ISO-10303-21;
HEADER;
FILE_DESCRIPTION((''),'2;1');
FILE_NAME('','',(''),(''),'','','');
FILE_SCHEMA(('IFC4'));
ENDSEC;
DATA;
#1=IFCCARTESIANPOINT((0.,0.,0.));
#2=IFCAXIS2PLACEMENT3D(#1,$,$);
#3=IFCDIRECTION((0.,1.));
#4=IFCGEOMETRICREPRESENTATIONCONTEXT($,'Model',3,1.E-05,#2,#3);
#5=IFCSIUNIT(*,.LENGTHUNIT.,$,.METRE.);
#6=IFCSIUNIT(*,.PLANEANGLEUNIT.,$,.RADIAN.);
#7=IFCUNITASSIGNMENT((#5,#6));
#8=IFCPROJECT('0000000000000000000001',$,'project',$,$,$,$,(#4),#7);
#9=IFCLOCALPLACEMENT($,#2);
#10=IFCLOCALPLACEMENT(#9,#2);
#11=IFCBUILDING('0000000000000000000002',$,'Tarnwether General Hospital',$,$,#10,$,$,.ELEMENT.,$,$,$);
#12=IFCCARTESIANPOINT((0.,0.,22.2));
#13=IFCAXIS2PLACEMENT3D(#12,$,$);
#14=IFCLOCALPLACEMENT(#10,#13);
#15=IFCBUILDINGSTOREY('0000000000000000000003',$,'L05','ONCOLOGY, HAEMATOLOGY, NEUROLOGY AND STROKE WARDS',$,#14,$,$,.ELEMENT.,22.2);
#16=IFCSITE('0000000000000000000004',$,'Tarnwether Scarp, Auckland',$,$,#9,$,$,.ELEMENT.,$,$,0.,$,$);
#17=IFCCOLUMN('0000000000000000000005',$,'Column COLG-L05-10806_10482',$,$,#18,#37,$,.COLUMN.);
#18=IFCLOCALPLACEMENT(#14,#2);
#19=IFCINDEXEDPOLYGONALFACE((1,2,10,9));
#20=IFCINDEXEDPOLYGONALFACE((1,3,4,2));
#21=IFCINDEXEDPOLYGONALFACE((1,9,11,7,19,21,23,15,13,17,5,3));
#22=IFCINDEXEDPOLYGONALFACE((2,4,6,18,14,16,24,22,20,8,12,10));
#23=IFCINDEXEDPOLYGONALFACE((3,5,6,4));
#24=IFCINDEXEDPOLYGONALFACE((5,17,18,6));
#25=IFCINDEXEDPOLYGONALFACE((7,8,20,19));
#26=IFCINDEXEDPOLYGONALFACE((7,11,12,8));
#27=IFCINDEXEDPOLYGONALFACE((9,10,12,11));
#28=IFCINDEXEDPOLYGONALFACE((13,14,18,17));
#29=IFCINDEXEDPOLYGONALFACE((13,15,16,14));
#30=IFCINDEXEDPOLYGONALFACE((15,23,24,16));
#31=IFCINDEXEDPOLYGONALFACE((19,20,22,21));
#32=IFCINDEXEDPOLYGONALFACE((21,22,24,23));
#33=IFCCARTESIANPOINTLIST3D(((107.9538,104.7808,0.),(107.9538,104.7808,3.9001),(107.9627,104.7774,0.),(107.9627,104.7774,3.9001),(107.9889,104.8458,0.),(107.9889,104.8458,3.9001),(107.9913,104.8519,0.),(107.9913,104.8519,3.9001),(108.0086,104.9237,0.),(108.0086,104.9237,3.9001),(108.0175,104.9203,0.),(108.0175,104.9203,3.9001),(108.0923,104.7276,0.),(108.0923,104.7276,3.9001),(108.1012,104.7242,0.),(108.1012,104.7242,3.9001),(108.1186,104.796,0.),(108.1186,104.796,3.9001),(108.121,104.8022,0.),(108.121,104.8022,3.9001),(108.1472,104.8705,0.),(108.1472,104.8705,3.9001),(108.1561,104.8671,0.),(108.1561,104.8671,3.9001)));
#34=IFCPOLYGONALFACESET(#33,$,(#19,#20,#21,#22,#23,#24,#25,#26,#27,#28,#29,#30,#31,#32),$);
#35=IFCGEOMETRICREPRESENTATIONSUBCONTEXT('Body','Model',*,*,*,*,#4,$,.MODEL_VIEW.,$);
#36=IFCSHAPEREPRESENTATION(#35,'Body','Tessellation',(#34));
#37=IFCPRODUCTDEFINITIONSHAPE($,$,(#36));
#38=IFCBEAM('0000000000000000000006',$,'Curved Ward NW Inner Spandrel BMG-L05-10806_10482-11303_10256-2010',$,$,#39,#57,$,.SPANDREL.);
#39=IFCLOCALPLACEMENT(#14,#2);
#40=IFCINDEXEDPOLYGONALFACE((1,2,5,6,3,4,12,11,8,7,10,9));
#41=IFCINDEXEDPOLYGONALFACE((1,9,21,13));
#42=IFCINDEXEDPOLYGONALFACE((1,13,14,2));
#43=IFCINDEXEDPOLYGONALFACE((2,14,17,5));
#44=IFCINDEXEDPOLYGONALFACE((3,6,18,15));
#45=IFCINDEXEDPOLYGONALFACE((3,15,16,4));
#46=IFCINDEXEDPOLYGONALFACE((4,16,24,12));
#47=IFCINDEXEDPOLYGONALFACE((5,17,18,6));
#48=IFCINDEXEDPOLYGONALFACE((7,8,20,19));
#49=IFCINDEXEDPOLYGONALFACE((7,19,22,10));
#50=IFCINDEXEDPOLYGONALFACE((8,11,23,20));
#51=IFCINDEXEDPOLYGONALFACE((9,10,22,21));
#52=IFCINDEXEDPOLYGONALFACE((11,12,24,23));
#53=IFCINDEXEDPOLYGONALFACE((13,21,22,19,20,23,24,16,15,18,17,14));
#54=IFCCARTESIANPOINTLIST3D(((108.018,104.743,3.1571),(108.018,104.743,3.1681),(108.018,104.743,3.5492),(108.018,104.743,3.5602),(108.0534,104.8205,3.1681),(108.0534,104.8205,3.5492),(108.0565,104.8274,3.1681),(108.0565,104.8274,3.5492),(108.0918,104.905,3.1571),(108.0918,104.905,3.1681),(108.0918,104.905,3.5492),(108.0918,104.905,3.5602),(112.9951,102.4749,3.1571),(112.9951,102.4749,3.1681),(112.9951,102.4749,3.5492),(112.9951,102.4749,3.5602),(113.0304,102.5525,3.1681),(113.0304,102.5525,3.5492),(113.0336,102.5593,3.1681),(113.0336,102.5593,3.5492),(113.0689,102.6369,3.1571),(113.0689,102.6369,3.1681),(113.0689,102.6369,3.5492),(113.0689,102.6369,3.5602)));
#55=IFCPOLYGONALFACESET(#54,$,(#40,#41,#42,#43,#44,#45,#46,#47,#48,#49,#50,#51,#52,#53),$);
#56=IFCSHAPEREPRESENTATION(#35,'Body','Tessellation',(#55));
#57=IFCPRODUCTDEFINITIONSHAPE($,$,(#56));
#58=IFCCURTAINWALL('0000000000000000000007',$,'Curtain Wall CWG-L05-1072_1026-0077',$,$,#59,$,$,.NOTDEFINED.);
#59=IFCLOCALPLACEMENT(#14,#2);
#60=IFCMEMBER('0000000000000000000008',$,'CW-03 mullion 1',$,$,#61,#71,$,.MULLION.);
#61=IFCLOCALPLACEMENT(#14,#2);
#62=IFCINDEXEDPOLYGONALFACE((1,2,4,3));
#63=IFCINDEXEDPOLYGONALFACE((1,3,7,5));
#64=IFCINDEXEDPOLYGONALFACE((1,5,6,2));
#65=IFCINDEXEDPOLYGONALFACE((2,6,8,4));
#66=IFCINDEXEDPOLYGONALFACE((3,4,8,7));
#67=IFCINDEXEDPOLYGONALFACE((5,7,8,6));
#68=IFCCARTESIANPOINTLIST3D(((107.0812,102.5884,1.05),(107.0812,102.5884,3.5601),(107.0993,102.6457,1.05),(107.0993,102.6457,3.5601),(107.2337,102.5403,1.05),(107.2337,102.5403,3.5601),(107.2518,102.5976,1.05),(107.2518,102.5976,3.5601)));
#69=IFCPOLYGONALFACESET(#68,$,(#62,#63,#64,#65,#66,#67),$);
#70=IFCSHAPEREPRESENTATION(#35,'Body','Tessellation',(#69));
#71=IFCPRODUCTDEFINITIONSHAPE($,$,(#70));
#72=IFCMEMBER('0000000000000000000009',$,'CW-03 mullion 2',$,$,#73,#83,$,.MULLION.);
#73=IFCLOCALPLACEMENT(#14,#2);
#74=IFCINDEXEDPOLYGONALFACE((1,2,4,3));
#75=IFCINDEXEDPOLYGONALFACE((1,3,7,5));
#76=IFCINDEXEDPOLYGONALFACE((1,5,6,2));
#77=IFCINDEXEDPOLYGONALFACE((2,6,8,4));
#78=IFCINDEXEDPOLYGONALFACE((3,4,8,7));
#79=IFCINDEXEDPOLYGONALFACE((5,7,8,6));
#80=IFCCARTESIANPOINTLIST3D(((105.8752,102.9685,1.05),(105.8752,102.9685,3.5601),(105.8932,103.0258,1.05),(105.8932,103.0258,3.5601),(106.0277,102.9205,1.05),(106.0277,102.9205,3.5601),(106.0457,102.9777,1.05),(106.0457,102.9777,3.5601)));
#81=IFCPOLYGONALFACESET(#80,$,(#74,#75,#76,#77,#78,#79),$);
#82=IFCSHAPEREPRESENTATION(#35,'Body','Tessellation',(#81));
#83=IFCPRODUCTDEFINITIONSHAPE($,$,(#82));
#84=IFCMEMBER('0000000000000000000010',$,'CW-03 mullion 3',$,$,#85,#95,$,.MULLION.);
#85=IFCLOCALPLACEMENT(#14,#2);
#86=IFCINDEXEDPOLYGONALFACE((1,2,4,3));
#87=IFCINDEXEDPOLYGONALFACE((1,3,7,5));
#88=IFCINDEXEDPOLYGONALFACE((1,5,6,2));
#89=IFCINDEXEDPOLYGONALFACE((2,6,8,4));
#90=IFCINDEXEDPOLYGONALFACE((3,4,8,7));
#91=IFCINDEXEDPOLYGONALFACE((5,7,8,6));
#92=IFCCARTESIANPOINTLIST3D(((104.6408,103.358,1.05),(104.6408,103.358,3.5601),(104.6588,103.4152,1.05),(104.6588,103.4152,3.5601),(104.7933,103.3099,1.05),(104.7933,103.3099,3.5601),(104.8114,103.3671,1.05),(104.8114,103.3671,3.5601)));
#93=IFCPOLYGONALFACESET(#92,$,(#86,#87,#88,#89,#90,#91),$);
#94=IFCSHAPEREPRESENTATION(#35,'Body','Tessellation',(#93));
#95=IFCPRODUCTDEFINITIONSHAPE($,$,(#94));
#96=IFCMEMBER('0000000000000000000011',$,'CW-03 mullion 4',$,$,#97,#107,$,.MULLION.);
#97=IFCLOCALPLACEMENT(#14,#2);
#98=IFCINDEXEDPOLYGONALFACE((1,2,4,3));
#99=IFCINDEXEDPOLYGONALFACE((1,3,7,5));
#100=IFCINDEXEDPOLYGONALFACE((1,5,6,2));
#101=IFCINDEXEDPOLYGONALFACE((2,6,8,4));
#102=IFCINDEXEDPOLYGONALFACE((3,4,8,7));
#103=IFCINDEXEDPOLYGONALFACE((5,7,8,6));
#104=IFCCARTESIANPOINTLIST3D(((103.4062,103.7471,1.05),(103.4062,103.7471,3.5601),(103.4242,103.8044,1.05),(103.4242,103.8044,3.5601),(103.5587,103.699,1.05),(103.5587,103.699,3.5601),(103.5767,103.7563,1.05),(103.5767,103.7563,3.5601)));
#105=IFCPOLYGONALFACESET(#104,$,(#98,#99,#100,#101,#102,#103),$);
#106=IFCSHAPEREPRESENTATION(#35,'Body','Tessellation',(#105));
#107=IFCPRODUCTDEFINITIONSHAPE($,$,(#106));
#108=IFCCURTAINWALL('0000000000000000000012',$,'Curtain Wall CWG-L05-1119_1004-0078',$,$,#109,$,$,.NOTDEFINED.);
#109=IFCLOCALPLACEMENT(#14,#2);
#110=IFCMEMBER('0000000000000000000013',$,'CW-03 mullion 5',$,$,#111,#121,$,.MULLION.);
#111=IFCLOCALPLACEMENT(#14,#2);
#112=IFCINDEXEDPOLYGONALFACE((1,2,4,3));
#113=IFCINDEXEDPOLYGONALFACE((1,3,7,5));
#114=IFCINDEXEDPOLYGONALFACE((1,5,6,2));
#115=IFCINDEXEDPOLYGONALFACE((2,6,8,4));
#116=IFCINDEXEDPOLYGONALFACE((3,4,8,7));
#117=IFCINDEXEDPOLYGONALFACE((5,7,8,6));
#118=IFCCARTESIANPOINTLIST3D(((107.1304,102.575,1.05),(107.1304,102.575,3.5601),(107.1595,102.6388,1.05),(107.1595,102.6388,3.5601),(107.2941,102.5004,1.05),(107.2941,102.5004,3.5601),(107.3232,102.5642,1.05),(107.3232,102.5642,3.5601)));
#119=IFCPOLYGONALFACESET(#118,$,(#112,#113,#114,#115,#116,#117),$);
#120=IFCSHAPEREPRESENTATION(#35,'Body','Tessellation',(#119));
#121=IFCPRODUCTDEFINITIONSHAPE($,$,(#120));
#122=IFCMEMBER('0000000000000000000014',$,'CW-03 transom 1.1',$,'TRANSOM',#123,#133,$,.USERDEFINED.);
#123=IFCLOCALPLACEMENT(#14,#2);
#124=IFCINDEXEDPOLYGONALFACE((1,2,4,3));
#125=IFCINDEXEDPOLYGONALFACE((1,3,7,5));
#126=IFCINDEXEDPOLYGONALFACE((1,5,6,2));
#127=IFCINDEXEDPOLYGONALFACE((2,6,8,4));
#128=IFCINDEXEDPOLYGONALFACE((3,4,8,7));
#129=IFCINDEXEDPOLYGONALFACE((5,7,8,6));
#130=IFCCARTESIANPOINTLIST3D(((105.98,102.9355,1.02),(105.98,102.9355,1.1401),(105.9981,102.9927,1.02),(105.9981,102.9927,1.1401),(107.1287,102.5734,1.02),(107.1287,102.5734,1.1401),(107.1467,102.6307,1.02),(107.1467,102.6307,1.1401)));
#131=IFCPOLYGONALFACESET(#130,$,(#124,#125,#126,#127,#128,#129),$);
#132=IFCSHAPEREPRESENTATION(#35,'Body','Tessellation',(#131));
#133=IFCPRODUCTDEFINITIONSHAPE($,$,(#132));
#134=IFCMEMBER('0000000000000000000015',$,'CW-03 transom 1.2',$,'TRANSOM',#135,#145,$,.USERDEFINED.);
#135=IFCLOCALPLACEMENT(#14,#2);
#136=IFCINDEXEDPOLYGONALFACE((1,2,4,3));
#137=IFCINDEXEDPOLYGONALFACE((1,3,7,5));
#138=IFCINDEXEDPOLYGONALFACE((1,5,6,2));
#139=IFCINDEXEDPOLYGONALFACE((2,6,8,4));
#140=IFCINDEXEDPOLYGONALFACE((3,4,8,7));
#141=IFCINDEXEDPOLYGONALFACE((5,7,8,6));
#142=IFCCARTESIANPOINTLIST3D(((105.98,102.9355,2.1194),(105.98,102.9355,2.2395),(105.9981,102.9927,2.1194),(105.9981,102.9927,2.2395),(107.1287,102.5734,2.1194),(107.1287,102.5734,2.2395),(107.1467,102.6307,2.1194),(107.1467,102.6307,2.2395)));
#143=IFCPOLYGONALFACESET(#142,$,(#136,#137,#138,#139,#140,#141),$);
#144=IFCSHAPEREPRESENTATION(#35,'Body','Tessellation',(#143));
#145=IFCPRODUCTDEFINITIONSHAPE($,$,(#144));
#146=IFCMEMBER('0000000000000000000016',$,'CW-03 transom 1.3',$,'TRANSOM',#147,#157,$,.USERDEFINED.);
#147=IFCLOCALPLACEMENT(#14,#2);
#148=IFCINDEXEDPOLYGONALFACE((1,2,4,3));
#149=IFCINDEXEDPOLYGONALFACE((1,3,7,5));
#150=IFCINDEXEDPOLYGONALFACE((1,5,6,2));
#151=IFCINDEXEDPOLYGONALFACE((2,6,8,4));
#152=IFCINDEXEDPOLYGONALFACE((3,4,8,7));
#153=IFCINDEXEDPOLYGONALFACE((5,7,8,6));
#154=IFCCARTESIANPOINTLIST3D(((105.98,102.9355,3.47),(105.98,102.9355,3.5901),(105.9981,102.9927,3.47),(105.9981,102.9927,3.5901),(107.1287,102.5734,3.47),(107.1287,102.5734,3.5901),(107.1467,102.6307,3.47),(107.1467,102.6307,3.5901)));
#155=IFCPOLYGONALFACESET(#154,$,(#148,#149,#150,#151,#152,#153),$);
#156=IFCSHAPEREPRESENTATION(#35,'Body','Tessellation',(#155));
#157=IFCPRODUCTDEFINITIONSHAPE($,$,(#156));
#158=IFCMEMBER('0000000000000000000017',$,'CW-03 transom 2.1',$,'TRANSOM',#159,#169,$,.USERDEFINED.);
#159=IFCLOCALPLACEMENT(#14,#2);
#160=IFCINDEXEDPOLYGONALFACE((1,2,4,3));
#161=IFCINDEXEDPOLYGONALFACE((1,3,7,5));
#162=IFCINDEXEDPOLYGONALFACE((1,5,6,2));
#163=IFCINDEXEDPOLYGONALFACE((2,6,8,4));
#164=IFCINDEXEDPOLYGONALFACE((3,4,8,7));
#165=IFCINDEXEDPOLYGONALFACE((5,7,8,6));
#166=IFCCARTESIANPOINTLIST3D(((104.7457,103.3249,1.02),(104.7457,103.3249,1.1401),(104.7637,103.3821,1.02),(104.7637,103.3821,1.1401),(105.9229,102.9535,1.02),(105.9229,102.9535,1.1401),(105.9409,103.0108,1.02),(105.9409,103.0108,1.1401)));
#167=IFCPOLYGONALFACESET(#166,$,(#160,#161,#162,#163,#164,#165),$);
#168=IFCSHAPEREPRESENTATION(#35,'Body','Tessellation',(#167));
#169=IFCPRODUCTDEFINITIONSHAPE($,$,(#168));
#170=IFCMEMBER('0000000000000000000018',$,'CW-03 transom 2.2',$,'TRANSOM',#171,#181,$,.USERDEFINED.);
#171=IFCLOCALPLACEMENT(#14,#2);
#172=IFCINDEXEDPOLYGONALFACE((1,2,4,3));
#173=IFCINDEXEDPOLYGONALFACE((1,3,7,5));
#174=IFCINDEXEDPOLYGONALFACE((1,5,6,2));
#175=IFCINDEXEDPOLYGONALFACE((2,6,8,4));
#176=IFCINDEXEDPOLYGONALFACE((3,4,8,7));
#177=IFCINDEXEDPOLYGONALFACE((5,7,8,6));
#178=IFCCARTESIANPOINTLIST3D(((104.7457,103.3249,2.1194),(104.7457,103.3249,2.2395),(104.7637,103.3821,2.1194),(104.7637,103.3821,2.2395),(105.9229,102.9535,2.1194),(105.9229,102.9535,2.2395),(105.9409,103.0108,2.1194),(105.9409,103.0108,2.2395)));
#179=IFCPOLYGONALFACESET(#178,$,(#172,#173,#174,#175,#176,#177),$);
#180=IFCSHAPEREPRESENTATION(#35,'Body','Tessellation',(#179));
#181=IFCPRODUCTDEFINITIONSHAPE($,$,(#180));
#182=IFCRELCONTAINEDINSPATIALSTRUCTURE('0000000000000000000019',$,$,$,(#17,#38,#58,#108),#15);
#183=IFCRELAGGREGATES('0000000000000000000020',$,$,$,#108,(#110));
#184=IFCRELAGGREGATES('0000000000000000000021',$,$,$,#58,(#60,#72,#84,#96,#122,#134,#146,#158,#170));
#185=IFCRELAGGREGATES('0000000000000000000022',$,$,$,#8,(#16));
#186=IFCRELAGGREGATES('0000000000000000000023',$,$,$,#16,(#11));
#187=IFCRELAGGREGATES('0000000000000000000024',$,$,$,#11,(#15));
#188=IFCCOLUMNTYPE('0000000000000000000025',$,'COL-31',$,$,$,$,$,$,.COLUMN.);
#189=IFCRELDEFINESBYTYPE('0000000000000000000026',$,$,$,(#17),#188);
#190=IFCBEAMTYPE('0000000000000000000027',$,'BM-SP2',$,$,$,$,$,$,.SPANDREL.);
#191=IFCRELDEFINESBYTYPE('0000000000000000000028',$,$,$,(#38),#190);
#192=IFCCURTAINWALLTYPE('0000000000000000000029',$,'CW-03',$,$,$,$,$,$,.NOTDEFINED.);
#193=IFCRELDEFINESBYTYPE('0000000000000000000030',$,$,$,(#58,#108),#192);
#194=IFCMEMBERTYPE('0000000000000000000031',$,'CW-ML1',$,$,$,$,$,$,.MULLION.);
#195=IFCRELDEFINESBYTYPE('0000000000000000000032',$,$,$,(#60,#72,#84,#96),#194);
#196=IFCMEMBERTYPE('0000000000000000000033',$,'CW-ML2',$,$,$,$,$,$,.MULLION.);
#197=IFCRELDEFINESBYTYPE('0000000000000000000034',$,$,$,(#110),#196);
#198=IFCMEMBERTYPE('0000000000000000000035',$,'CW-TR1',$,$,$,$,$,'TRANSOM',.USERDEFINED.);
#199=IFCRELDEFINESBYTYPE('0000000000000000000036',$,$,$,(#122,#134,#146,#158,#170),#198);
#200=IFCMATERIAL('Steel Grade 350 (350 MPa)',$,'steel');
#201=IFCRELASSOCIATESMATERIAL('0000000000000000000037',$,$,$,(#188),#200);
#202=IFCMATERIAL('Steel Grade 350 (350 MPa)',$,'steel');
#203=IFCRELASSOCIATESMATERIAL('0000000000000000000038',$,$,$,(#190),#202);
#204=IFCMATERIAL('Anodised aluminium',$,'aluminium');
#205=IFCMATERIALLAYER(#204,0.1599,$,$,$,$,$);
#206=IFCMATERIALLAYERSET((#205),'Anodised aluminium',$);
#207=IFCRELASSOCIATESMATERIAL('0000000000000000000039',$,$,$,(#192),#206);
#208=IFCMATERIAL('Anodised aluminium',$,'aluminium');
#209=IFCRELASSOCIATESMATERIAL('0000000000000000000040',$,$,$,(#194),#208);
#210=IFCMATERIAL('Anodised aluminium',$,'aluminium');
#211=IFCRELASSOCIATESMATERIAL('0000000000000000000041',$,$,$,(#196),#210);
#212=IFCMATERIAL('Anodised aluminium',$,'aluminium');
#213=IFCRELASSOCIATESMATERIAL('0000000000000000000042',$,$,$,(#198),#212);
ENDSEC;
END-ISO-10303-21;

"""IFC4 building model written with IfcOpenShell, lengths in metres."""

from ifc_helpers import new_model, si_unit, direction, frame, origin, origin_2d, place, context, subcontext, project, spatial, rectangle, i_section, extrude, material, layer, layer_set, material_profile, profile_set, type_object, element, aggregate, save


model = new_model("IFC4")

# Units and contexts
model_context = context("Model", 3, precision=1e-05, world=origin(), true_north=direction((0.0, 1.0)))
body_context = subcontext(model_context, "Body", "Model", "MODEL_VIEW")
ifc_project = project(units=[si_unit("LENGTHUNIT", "METRE"), si_unit("PLANEANGLEUNIT", "RADIAN")], contexts=[model_context])

# Site, building, storey
site_placement = place(None, origin())
site = spatial("IfcSite", under=ifc_project, at=site_placement, Name="Tarnwether Scarp, Auckland", CompositionType="ELEMENT", RefElevation=0.0)
building_placement = place(site_placement, origin())
building = spatial("IfcBuilding", under=site, at=building_placement, Name="Tarnwether General Hospital", CompositionType="ELEMENT")
storey_placement = place(building_placement, frame((0.0, 0.0, 22.2)))
storey = spatial("IfcBuildingStorey", under=building, at=storey_placement, Name="L05", Description="ONCOLOGY, HAEMATOLOGY, NEUROLOGY AND STROKE WARDS", CompositionType="ELEMENT", Elevation=22.2)

# Column
ifc_material_1 = material(Name="Steel Grade 350 (350 MPa)", Category="steel")
ifc_material_profile_1 = material_profile(ifc_material_1, i_section(OverallWidth=0.1531, OverallDepth=0.158, WebThickness=0.0066, FlangeThickness=0.0095, at=origin_2d()), Name="150UC30.0")
ifc_profile_set_1 = profile_set([ifc_material_profile_1], Name="Steel Grade 350 (350 MPa)")
column_type = type_object("IfcColumnType", Name="COL-31", PredefinedType="COLUMN", material=ifc_profile_set_1)
column_placement = place(storey_placement, frame((108.0549, 104.824, 0.0), z_axis=(0.0, 0.0, 1.0), x_axis=(0.358368, 0.93358, 0.0)))
element("IfcColumn", 1, at=column_placement, inside=storey, type_object=column_type, Name="Column COLG-L05-10806_10482", PredefinedType="COLUMN", context=body_context, shape_type="SweptSolid", body=[
    extrude(i_section(OverallWidth=0.1531, OverallDepth=0.158, WebThickness=0.0066, FlangeThickness=0.0095, at=origin_2d()), origin(), (0.0, 0.0, 1.0), 3.9001),
])

# Beam
ifc_material_2 = material(Name="Steel Grade 350 (350 MPa)", Category="steel")
ifc_material_profile_2 = material_profile(ifc_material_2, i_section(OverallWidth=0.178, OverallDepth=0.4031, WebThickness=0.0076, FlangeThickness=0.011, at=origin_2d()), Name="410UB53.7")
ifc_profile_set_2 = profile_set([ifc_material_profile_2], Name="Steel Grade 350 (350 MPa)")
beam_type = type_object("IfcBeamType", Name="BM-SP2", PredefinedType="SPANDREL", material=ifc_profile_set_2)
beam_placement = place(storey_placement, frame((108.0549, 104.824, 3.3586), z_axis=(0.909969, -0.414677, 0.0), x_axis=(0.414677, 0.909969, 0.0)))
element("IfcBeam", 2, at=beam_placement, inside=storey, type_object=beam_type, Name="Curved Ward NW Inner Spandrel BMG-L05-10806_10482-11303_10256-2010", PredefinedType="SPANDREL", context=body_context, shape_type="SweptSolid", body=[
    extrude(i_section(OverallWidth=0.178, OverallDepth=0.4031, WebThickness=0.0076, FlangeThickness=0.011, at=origin_2d()), origin(), (0.0, 0.0, 1.0), 5.4695),
])

# Curtain wall, members
ifc_material_3 = material(Name="Anodised aluminium", Category="aluminium")
ifc_layer_1 = layer(ifc_material_3, 0.1599)
ifc_layer_set_1 = layer_set([ifc_layer_1], Name="Anodised aluminium")
curtain_wall_type = type_object("IfcCurtainWallType", Name="CW-03", PredefinedType="NOTDEFINED", material=ifc_layer_set_1)
curtain_wall_1_placement = place(storey_placement, origin())
curtain_wall_1 = element("IfcCurtainWall", 3, at=curtain_wall_1_placement, inside=storey, type_object=curtain_wall_type, Name="Curtain Wall CWG-L05-1072_1026-0077", PredefinedType="NOTDEFINED")
ifc_material_4 = material(Name="Anodised aluminium", Category="aluminium")
ifc_material_profile_3 = material_profile(ifc_material_4, rectangle(XDim=0.0601, YDim=0.1599, at=origin_2d()), Name="ALU-MUL-60x160")
ifc_profile_set_3 = profile_set([ifc_material_profile_3], Name="Anodised aluminium")
member_type_1 = type_object("IfcMemberType", Name="CW-ML1", PredefinedType="MULLION", material=ifc_profile_set_3)
member_1_placement = place(storey_placement, frame((107.1665, 102.593, 1.05), z_axis=(0.0, 0.0, 1.0), x_axis=(-0.300715, -0.953714, 0.0)))
member_1 = element("IfcMember", 4, at=member_1_placement, type_object=member_type_1, Name="CW-03 mullion 1", PredefinedType="MULLION", context=body_context, shape_type="SweptSolid", body=[
    extrude(rectangle(XDim=0.0601, YDim=0.1599, at=origin_2d()), origin(), (0.0, 0.0, 1.0), 2.51),
])
member_2_placement = place(storey_placement, frame((105.9604, 102.9731, 1.05), z_axis=(0.0, 0.0, 1.0), x_axis=(-0.300715, -0.953714, 0.0)))
member_2 = element("IfcMember", 5, at=member_2_placement, type_object=member_type_1, Name="CW-03 mullion 2", PredefinedType="MULLION", context=body_context, shape_type="SweptSolid", body=[
    extrude(rectangle(XDim=0.0601, YDim=0.1599, at=origin_2d()), origin(), (0.0, 0.0, 1.0), 2.51),
])
member_3_placement = place(storey_placement, frame((104.7261, 103.3625, 1.05), z_axis=(0.0, 0.0, 1.0), x_axis=(-0.300715, -0.953714, 0.0)))
member_3 = element("IfcMember", 6, at=member_3_placement, type_object=member_type_1, Name="CW-03 mullion 3", PredefinedType="MULLION", context=body_context, shape_type="SweptSolid", body=[
    extrude(rectangle(XDim=0.0601, YDim=0.1599, at=origin_2d()), origin(), (0.0, 0.0, 1.0), 2.51),
])
member_4_placement = place(storey_placement, frame((103.4915, 103.7517, 1.05), z_axis=(0.0, 0.0, 1.0), x_axis=(-0.300715, -0.953714, 0.0)))
member_4 = element("IfcMember", 7, at=member_4_placement, type_object=member_type_1, Name="CW-03 mullion 4", PredefinedType="MULLION", context=body_context, shape_type="SweptSolid", body=[
    extrude(rectangle(XDim=0.0601, YDim=0.1599, at=origin_2d()), origin(), (0.0, 0.0, 1.0), 2.51),
])

# Curtain wall, member
curtain_wall_2_placement = place(storey_placement, origin())
curtain_wall_2 = element("IfcCurtainWall", 8, at=curtain_wall_2_placement, inside=storey, type_object=curtain_wall_type, Name="Curtain Wall CWG-L05-1119_1004-0078", PredefinedType="NOTDEFINED")
ifc_material_5 = material(Name="Anodised aluminium", Category="aluminium")
ifc_material_profile_4 = material_profile(ifc_material_5, rectangle(XDim=0.0701, YDim=0.1799, at=origin_2d()), Name="ALU-MUL-70x180")
ifc_profile_set_4 = profile_set([ifc_material_profile_4], Name="Anodised aluminium")
member_type_2 = type_object("IfcMemberType", Name="CW-ML2", PredefinedType="MULLION", material=ifc_profile_set_4)
member_5_placement = place(storey_placement, frame((107.2268, 102.5696, 1.05), z_axis=(0.0, 0.0, 1.0), x_axis=(-0.414705, -0.909956, 0.0)))
member_5 = element("IfcMember", 9, at=member_5_placement, type_object=member_type_2, Name="CW-03 mullion 5", PredefinedType="MULLION", context=body_context, shape_type="SweptSolid", body=[
    extrude(rectangle(XDim=0.0701, YDim=0.1799, at=origin_2d()), origin(), (0.0, 0.0, 1.0), 2.51),
])

# Members
ifc_material_6 = material(Name="Anodised aluminium", Category="aluminium")
ifc_material_profile_5 = material_profile(ifc_material_6, rectangle(XDim=0.0601, YDim=0.1201, at=origin_2d()), Name="ALU-TRN-60x120")
ifc_profile_set_5 = profile_set([ifc_material_profile_5], Name="Anodised aluminium")
member_type_3 = type_object("IfcMemberType", Name="CW-TR1", ElementType="TRANSOM", PredefinedType="USERDEFINED", material=ifc_profile_set_5)
member_6_placement = place(storey_placement, frame((107.1377, 102.6021, 1.0801), z_axis=(-0.953745, 0.300617, 0.0), x_axis=(-0.300617, -0.953745, 0.0)))
member_6 = element("IfcMember", 10, at=member_6_placement, type_object=member_type_3, Name="CW-03 transom 1.1", ObjectType="TRANSOM", PredefinedType="USERDEFINED", context=body_context, shape_type="SweptSolid", body=[
    extrude(rectangle(XDim=0.0601, YDim=0.1201, at=origin_2d()), origin(), (0.0, 0.0, 1.0), 1.2043),
])
member_7_placement = place(storey_placement, frame((107.1377, 102.6021, 2.1794), z_axis=(-0.953745, 0.300617, 0.0), x_axis=(-0.300617, -0.953745, 0.0)))
member_7 = element("IfcMember", 11, at=member_7_placement, type_object=member_type_3, Name="CW-03 transom 1.2", ObjectType="TRANSOM", PredefinedType="USERDEFINED", context=body_context, shape_type="SweptSolid", body=[
    extrude(rectangle(XDim=0.0601, YDim=0.1201, at=origin_2d()), origin(), (0.0, 0.0, 1.0), 1.2043),
])
member_8_placement = place(storey_placement, frame((107.1377, 102.6021, 3.53), z_axis=(-0.953745, 0.300617, 0.0), x_axis=(-0.300617, -0.953745, 0.0)))
member_8 = element("IfcMember", 12, at=member_8_placement, type_object=member_type_3, Name="CW-03 transom 1.3", ObjectType="TRANSOM", PredefinedType="USERDEFINED", context=body_context, shape_type="SweptSolid", body=[
    extrude(rectangle(XDim=0.0601, YDim=0.1201, at=origin_2d()), origin(), (0.0, 0.0, 1.0), 1.2043),
])
member_9_placement = place(storey_placement, frame((105.9319, 102.9822, 1.0801), z_axis=(-0.953681, 0.300819, 0.0), x_axis=(-0.300819, -0.953681, 0.0)))
member_9 = element("IfcMember", 13, at=member_9_placement, type_object=member_type_3, Name="CW-03 transom 2.1", ObjectType="TRANSOM", PredefinedType="USERDEFINED", context=body_context, shape_type="SweptSolid", body=[
    extrude(rectangle(XDim=0.0601, YDim=0.1201, at=origin_2d()), origin(), (0.0, 0.0, 1.0), 1.2344),
])
member_10_placement = place(storey_placement, frame((105.9319, 102.9822, 2.1794), z_axis=(-0.953681, 0.300819, 0.0), x_axis=(-0.300819, -0.953681, 0.0)))
member_10 = element("IfcMember", 14, at=member_10_placement, type_object=member_type_3, Name="CW-03 transom 2.2", ObjectType="TRANSOM", PredefinedType="USERDEFINED", context=body_context, shape_type="SweptSolid", body=[
    extrude(rectangle(XDim=0.0601, YDim=0.1201, at=origin_2d()), origin(), (0.0, 0.0, 1.0), 1.2344),
])

aggregate(curtain_wall_2, [member_5])
aggregate(curtain_wall_1, [member_1, member_2, member_3, member_4, member_6, member_7, member_8, member_9, member_10])

save(model, "model.ifc")
